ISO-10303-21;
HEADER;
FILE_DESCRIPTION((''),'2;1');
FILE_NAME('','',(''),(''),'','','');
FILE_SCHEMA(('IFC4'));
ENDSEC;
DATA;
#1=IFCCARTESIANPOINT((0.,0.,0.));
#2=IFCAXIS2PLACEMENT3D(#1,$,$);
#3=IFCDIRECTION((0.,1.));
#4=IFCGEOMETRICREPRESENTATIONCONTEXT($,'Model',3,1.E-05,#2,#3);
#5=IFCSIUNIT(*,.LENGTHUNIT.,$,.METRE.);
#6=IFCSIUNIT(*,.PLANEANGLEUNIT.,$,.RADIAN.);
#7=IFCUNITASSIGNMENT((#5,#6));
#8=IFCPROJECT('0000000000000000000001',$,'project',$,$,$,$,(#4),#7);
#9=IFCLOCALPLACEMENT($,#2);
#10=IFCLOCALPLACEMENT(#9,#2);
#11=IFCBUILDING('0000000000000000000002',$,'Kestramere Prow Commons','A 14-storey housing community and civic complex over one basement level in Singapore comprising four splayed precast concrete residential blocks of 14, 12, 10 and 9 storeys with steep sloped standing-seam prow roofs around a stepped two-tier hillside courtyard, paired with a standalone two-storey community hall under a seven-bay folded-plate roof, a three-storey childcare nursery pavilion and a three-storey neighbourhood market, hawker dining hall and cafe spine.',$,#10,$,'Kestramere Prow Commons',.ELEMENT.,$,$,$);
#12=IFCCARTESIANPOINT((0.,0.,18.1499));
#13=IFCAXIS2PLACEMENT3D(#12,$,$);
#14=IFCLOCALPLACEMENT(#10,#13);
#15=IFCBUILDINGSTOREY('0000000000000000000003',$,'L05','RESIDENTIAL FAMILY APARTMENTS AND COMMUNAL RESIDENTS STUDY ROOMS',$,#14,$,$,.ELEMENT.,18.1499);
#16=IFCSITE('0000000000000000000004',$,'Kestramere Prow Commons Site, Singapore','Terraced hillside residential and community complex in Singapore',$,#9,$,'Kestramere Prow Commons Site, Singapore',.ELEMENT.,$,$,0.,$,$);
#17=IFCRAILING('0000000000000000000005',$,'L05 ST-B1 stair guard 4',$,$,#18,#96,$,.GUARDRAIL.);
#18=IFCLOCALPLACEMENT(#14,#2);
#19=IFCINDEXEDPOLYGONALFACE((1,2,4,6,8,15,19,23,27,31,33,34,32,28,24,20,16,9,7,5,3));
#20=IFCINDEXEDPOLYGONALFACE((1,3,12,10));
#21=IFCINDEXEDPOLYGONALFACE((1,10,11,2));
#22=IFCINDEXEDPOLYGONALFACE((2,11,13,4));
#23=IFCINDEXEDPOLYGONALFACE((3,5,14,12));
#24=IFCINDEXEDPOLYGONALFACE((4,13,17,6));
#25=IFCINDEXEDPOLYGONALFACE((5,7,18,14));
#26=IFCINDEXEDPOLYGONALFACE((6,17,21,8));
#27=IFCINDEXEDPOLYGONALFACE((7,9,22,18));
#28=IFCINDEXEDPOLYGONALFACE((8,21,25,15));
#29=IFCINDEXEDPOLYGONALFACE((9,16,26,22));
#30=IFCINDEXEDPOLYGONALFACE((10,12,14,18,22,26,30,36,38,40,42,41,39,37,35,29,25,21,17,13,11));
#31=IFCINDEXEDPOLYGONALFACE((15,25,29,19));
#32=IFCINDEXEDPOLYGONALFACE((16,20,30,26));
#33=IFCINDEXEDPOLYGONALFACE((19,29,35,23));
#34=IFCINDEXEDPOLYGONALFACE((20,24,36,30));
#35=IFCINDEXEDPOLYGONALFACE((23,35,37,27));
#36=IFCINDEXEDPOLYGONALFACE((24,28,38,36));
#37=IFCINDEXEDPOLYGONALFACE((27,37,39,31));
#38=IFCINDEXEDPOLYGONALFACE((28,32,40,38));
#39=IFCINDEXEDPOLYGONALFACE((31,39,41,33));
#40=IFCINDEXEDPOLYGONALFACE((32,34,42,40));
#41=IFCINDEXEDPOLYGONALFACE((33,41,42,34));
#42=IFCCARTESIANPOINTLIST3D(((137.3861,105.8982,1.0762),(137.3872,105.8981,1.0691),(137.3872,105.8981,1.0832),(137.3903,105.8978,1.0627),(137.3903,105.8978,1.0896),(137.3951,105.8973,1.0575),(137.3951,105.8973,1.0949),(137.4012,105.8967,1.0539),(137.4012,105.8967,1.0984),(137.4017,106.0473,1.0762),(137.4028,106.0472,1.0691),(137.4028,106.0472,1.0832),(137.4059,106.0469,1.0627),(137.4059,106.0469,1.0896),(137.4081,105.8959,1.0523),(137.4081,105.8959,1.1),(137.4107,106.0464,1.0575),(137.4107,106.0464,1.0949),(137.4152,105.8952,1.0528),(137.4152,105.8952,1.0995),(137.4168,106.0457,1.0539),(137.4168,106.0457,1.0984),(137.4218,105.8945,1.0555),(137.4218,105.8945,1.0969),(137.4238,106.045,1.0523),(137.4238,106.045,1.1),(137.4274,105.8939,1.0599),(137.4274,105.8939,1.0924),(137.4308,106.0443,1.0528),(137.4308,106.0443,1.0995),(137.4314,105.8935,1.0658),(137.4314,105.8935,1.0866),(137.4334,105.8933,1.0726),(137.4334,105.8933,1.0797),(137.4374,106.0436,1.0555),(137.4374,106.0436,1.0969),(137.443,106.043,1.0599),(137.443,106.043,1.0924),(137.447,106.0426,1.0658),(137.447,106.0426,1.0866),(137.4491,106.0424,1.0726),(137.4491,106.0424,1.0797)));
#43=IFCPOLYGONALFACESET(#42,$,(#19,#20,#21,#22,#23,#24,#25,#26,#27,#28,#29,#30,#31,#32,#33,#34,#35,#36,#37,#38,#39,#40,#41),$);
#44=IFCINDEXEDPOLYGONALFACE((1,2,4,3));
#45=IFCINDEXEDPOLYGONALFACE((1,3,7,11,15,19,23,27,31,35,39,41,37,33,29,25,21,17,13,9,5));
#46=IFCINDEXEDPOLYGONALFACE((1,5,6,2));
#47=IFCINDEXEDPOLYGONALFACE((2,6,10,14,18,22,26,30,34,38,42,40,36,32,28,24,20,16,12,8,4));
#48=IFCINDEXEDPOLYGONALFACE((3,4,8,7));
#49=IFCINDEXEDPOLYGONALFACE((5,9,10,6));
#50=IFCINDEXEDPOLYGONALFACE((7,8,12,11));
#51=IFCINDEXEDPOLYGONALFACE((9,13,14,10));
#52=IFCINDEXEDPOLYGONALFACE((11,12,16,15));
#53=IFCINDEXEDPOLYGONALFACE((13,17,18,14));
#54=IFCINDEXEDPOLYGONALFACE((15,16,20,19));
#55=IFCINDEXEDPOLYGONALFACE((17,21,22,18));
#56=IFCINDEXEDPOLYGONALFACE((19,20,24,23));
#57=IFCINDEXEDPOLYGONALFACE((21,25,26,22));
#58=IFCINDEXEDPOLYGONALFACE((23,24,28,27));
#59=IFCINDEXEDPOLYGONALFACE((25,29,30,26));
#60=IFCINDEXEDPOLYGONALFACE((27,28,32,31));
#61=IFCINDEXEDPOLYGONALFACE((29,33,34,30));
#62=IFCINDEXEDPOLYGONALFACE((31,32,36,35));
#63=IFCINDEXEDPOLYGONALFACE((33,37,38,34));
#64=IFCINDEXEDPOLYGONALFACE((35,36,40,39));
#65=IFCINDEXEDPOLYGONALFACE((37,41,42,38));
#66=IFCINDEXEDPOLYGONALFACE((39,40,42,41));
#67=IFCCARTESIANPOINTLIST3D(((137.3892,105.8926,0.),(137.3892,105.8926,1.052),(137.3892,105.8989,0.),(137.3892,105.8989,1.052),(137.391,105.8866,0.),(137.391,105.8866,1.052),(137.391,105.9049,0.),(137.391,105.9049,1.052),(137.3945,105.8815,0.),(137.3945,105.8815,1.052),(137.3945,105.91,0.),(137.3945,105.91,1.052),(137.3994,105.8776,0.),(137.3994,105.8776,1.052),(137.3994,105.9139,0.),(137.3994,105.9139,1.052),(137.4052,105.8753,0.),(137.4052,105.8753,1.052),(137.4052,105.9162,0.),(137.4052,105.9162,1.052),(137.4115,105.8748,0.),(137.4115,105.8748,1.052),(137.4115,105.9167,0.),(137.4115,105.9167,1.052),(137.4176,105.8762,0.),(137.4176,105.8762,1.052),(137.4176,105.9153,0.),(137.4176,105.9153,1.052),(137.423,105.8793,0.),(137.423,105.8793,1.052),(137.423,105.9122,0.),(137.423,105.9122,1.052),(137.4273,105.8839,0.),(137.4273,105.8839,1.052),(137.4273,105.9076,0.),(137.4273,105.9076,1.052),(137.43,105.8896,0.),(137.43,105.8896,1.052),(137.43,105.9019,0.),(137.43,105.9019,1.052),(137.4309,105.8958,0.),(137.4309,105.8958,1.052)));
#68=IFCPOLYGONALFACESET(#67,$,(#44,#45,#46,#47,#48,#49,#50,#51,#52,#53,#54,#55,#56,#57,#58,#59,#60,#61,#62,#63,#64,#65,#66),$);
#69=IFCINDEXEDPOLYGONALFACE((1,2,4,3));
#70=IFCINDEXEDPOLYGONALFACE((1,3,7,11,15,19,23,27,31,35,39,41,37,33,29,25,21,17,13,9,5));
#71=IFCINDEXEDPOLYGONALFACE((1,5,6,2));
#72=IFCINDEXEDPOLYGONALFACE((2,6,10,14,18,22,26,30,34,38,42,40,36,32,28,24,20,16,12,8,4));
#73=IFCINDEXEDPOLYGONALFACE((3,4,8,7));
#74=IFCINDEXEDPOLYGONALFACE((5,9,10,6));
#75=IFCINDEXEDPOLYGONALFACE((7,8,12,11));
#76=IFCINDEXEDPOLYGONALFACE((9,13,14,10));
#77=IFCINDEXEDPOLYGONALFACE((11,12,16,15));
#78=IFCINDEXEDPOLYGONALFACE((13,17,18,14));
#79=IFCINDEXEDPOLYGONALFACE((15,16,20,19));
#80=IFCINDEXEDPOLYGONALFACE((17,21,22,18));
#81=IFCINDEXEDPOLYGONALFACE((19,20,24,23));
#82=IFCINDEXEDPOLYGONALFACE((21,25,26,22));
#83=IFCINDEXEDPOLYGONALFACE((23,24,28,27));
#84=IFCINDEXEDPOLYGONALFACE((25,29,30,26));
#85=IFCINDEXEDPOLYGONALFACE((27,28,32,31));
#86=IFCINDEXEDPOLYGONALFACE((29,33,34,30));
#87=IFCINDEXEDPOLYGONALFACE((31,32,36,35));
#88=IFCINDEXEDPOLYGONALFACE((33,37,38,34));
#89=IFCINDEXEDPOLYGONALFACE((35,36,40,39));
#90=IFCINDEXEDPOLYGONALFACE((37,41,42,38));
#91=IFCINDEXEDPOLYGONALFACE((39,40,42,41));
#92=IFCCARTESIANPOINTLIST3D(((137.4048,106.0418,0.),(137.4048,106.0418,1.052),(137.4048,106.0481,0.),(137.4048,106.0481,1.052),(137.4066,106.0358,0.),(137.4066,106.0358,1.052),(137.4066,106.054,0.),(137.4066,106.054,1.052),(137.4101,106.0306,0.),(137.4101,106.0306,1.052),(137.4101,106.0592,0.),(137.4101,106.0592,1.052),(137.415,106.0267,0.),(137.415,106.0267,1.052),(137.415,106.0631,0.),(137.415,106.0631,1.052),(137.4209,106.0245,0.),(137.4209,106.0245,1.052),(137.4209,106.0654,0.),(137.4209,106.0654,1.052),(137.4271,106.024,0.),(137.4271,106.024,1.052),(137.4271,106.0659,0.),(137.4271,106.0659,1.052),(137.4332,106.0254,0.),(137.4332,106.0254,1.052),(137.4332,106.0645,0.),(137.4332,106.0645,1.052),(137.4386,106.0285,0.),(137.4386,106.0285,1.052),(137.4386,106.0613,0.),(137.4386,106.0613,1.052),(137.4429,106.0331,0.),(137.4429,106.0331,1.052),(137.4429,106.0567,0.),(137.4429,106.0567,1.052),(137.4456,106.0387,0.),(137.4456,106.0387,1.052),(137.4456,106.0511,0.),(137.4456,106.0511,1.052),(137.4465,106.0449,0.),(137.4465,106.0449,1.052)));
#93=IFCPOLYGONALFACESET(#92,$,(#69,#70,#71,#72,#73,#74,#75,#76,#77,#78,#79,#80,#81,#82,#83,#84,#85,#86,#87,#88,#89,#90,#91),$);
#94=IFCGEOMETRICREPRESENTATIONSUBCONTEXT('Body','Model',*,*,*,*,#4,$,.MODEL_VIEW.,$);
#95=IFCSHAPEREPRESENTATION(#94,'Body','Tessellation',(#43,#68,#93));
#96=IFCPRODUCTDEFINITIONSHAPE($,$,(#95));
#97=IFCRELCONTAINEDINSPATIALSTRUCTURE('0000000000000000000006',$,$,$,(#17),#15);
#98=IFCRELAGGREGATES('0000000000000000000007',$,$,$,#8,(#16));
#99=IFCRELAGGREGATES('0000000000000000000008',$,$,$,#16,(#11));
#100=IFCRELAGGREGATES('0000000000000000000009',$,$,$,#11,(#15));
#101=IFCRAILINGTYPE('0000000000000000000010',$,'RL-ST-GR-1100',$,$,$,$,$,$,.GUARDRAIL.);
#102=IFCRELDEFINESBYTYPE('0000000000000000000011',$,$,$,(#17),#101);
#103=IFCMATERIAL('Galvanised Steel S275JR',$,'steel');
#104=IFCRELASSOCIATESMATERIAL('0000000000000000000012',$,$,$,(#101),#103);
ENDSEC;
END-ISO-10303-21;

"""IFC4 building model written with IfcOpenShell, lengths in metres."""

from ifc_helpers import new_model, si_unit, direction, frame, origin, origin_2d, place, context, subcontext, project, spatial, circle, extrude, material, type_object, element, save


model = new_model("IFC4")

# Units and contexts
model_context = context("Model", 3, precision=1e-05, world=origin(), true_north=direction((0.0, 1.0)))
body_context = subcontext(model_context, "Body", "Model", "MODEL_VIEW")
ifc_project = project(units=[si_unit("LENGTHUNIT", "METRE"), si_unit("PLANEANGLEUNIT", "RADIAN")], contexts=[model_context])

# Site, building, storey
site_placement = place(None, origin())
site = spatial("IfcSite", under=ifc_project, at=site_placement, Name="Kestramere Prow Commons Site, Singapore", Description="Terraced hillside residential and community complex in Singapore", LongName="Kestramere Prow Commons Site, Singapore", CompositionType="ELEMENT", RefElevation=0.0)
building_placement = place(site_placement, origin())
building = spatial("IfcBuilding", under=site, at=building_placement, Name="Kestramere Prow Commons", Description="A 14-storey housing community and civic complex over one basement level in Singapore comprising four splayed precast concrete residential blocks of 14, 12, 10 and 9 storeys with steep sloped standing-seam prow roofs around a stepped two-tier hillside courtyard, paired with a standalone two-storey community hall under a seven-bay folded-plate roof, a three-storey childcare nursery pavilion and a three-storey neighbourhood market, hawker dining hall and cafe spine.", LongName="Kestramere Prow Commons", CompositionType="ELEMENT")
storey_placement = place(building_placement, frame((0.0, 0.0, 18.1499)))
storey = spatial("IfcBuildingStorey", under=building, at=storey_placement, Name="L05", Description="RESIDENTIAL FAMILY APARTMENTS AND COMMUNAL RESIDENTS STUDY ROOMS", CompositionType="ELEMENT", Elevation=18.1499)

# Railing
ifc_material_1 = material(Name="Galvanised Steel S275JR", Category="steel")
railing_type_1 = type_object("IfcRailingType", Name="RL-ST-GR-1100", PredefinedType="GUARDRAIL", material=ifc_material_1)
railing_1_placement = place(storey_placement, frame((137.4099, 105.8958, 0.0)))
element("IfcRailing", 1, at=railing_1_placement, inside=storey, type_object=railing_type_1, Name="L05 ST-B1 stair guard 4", PredefinedType="GUARDRAIL", context=body_context, shape_type="SweptSolid", body=[
    extrude(circle(Radius=0.0239, at=origin_2d()), frame((0.0, 0.0, 1.0762), z_axis=(0.104176, 0.994559, 0.0), x_axis=(-0.994559, 0.104176, 0.0)), (0.0, 0.0, 1.0), 0.1499),
    extrude(circle(Radius=0.021, at=origin_2d()), origin(), (0.0, 0.0, 1.0), 1.052),
    extrude(circle(Radius=0.021, at=origin_2d()), frame((0.0156, 0.1492, 0.0)), (0.0, 0.0, 1.0), 1.052),
])

save(model, "model.ifc")
